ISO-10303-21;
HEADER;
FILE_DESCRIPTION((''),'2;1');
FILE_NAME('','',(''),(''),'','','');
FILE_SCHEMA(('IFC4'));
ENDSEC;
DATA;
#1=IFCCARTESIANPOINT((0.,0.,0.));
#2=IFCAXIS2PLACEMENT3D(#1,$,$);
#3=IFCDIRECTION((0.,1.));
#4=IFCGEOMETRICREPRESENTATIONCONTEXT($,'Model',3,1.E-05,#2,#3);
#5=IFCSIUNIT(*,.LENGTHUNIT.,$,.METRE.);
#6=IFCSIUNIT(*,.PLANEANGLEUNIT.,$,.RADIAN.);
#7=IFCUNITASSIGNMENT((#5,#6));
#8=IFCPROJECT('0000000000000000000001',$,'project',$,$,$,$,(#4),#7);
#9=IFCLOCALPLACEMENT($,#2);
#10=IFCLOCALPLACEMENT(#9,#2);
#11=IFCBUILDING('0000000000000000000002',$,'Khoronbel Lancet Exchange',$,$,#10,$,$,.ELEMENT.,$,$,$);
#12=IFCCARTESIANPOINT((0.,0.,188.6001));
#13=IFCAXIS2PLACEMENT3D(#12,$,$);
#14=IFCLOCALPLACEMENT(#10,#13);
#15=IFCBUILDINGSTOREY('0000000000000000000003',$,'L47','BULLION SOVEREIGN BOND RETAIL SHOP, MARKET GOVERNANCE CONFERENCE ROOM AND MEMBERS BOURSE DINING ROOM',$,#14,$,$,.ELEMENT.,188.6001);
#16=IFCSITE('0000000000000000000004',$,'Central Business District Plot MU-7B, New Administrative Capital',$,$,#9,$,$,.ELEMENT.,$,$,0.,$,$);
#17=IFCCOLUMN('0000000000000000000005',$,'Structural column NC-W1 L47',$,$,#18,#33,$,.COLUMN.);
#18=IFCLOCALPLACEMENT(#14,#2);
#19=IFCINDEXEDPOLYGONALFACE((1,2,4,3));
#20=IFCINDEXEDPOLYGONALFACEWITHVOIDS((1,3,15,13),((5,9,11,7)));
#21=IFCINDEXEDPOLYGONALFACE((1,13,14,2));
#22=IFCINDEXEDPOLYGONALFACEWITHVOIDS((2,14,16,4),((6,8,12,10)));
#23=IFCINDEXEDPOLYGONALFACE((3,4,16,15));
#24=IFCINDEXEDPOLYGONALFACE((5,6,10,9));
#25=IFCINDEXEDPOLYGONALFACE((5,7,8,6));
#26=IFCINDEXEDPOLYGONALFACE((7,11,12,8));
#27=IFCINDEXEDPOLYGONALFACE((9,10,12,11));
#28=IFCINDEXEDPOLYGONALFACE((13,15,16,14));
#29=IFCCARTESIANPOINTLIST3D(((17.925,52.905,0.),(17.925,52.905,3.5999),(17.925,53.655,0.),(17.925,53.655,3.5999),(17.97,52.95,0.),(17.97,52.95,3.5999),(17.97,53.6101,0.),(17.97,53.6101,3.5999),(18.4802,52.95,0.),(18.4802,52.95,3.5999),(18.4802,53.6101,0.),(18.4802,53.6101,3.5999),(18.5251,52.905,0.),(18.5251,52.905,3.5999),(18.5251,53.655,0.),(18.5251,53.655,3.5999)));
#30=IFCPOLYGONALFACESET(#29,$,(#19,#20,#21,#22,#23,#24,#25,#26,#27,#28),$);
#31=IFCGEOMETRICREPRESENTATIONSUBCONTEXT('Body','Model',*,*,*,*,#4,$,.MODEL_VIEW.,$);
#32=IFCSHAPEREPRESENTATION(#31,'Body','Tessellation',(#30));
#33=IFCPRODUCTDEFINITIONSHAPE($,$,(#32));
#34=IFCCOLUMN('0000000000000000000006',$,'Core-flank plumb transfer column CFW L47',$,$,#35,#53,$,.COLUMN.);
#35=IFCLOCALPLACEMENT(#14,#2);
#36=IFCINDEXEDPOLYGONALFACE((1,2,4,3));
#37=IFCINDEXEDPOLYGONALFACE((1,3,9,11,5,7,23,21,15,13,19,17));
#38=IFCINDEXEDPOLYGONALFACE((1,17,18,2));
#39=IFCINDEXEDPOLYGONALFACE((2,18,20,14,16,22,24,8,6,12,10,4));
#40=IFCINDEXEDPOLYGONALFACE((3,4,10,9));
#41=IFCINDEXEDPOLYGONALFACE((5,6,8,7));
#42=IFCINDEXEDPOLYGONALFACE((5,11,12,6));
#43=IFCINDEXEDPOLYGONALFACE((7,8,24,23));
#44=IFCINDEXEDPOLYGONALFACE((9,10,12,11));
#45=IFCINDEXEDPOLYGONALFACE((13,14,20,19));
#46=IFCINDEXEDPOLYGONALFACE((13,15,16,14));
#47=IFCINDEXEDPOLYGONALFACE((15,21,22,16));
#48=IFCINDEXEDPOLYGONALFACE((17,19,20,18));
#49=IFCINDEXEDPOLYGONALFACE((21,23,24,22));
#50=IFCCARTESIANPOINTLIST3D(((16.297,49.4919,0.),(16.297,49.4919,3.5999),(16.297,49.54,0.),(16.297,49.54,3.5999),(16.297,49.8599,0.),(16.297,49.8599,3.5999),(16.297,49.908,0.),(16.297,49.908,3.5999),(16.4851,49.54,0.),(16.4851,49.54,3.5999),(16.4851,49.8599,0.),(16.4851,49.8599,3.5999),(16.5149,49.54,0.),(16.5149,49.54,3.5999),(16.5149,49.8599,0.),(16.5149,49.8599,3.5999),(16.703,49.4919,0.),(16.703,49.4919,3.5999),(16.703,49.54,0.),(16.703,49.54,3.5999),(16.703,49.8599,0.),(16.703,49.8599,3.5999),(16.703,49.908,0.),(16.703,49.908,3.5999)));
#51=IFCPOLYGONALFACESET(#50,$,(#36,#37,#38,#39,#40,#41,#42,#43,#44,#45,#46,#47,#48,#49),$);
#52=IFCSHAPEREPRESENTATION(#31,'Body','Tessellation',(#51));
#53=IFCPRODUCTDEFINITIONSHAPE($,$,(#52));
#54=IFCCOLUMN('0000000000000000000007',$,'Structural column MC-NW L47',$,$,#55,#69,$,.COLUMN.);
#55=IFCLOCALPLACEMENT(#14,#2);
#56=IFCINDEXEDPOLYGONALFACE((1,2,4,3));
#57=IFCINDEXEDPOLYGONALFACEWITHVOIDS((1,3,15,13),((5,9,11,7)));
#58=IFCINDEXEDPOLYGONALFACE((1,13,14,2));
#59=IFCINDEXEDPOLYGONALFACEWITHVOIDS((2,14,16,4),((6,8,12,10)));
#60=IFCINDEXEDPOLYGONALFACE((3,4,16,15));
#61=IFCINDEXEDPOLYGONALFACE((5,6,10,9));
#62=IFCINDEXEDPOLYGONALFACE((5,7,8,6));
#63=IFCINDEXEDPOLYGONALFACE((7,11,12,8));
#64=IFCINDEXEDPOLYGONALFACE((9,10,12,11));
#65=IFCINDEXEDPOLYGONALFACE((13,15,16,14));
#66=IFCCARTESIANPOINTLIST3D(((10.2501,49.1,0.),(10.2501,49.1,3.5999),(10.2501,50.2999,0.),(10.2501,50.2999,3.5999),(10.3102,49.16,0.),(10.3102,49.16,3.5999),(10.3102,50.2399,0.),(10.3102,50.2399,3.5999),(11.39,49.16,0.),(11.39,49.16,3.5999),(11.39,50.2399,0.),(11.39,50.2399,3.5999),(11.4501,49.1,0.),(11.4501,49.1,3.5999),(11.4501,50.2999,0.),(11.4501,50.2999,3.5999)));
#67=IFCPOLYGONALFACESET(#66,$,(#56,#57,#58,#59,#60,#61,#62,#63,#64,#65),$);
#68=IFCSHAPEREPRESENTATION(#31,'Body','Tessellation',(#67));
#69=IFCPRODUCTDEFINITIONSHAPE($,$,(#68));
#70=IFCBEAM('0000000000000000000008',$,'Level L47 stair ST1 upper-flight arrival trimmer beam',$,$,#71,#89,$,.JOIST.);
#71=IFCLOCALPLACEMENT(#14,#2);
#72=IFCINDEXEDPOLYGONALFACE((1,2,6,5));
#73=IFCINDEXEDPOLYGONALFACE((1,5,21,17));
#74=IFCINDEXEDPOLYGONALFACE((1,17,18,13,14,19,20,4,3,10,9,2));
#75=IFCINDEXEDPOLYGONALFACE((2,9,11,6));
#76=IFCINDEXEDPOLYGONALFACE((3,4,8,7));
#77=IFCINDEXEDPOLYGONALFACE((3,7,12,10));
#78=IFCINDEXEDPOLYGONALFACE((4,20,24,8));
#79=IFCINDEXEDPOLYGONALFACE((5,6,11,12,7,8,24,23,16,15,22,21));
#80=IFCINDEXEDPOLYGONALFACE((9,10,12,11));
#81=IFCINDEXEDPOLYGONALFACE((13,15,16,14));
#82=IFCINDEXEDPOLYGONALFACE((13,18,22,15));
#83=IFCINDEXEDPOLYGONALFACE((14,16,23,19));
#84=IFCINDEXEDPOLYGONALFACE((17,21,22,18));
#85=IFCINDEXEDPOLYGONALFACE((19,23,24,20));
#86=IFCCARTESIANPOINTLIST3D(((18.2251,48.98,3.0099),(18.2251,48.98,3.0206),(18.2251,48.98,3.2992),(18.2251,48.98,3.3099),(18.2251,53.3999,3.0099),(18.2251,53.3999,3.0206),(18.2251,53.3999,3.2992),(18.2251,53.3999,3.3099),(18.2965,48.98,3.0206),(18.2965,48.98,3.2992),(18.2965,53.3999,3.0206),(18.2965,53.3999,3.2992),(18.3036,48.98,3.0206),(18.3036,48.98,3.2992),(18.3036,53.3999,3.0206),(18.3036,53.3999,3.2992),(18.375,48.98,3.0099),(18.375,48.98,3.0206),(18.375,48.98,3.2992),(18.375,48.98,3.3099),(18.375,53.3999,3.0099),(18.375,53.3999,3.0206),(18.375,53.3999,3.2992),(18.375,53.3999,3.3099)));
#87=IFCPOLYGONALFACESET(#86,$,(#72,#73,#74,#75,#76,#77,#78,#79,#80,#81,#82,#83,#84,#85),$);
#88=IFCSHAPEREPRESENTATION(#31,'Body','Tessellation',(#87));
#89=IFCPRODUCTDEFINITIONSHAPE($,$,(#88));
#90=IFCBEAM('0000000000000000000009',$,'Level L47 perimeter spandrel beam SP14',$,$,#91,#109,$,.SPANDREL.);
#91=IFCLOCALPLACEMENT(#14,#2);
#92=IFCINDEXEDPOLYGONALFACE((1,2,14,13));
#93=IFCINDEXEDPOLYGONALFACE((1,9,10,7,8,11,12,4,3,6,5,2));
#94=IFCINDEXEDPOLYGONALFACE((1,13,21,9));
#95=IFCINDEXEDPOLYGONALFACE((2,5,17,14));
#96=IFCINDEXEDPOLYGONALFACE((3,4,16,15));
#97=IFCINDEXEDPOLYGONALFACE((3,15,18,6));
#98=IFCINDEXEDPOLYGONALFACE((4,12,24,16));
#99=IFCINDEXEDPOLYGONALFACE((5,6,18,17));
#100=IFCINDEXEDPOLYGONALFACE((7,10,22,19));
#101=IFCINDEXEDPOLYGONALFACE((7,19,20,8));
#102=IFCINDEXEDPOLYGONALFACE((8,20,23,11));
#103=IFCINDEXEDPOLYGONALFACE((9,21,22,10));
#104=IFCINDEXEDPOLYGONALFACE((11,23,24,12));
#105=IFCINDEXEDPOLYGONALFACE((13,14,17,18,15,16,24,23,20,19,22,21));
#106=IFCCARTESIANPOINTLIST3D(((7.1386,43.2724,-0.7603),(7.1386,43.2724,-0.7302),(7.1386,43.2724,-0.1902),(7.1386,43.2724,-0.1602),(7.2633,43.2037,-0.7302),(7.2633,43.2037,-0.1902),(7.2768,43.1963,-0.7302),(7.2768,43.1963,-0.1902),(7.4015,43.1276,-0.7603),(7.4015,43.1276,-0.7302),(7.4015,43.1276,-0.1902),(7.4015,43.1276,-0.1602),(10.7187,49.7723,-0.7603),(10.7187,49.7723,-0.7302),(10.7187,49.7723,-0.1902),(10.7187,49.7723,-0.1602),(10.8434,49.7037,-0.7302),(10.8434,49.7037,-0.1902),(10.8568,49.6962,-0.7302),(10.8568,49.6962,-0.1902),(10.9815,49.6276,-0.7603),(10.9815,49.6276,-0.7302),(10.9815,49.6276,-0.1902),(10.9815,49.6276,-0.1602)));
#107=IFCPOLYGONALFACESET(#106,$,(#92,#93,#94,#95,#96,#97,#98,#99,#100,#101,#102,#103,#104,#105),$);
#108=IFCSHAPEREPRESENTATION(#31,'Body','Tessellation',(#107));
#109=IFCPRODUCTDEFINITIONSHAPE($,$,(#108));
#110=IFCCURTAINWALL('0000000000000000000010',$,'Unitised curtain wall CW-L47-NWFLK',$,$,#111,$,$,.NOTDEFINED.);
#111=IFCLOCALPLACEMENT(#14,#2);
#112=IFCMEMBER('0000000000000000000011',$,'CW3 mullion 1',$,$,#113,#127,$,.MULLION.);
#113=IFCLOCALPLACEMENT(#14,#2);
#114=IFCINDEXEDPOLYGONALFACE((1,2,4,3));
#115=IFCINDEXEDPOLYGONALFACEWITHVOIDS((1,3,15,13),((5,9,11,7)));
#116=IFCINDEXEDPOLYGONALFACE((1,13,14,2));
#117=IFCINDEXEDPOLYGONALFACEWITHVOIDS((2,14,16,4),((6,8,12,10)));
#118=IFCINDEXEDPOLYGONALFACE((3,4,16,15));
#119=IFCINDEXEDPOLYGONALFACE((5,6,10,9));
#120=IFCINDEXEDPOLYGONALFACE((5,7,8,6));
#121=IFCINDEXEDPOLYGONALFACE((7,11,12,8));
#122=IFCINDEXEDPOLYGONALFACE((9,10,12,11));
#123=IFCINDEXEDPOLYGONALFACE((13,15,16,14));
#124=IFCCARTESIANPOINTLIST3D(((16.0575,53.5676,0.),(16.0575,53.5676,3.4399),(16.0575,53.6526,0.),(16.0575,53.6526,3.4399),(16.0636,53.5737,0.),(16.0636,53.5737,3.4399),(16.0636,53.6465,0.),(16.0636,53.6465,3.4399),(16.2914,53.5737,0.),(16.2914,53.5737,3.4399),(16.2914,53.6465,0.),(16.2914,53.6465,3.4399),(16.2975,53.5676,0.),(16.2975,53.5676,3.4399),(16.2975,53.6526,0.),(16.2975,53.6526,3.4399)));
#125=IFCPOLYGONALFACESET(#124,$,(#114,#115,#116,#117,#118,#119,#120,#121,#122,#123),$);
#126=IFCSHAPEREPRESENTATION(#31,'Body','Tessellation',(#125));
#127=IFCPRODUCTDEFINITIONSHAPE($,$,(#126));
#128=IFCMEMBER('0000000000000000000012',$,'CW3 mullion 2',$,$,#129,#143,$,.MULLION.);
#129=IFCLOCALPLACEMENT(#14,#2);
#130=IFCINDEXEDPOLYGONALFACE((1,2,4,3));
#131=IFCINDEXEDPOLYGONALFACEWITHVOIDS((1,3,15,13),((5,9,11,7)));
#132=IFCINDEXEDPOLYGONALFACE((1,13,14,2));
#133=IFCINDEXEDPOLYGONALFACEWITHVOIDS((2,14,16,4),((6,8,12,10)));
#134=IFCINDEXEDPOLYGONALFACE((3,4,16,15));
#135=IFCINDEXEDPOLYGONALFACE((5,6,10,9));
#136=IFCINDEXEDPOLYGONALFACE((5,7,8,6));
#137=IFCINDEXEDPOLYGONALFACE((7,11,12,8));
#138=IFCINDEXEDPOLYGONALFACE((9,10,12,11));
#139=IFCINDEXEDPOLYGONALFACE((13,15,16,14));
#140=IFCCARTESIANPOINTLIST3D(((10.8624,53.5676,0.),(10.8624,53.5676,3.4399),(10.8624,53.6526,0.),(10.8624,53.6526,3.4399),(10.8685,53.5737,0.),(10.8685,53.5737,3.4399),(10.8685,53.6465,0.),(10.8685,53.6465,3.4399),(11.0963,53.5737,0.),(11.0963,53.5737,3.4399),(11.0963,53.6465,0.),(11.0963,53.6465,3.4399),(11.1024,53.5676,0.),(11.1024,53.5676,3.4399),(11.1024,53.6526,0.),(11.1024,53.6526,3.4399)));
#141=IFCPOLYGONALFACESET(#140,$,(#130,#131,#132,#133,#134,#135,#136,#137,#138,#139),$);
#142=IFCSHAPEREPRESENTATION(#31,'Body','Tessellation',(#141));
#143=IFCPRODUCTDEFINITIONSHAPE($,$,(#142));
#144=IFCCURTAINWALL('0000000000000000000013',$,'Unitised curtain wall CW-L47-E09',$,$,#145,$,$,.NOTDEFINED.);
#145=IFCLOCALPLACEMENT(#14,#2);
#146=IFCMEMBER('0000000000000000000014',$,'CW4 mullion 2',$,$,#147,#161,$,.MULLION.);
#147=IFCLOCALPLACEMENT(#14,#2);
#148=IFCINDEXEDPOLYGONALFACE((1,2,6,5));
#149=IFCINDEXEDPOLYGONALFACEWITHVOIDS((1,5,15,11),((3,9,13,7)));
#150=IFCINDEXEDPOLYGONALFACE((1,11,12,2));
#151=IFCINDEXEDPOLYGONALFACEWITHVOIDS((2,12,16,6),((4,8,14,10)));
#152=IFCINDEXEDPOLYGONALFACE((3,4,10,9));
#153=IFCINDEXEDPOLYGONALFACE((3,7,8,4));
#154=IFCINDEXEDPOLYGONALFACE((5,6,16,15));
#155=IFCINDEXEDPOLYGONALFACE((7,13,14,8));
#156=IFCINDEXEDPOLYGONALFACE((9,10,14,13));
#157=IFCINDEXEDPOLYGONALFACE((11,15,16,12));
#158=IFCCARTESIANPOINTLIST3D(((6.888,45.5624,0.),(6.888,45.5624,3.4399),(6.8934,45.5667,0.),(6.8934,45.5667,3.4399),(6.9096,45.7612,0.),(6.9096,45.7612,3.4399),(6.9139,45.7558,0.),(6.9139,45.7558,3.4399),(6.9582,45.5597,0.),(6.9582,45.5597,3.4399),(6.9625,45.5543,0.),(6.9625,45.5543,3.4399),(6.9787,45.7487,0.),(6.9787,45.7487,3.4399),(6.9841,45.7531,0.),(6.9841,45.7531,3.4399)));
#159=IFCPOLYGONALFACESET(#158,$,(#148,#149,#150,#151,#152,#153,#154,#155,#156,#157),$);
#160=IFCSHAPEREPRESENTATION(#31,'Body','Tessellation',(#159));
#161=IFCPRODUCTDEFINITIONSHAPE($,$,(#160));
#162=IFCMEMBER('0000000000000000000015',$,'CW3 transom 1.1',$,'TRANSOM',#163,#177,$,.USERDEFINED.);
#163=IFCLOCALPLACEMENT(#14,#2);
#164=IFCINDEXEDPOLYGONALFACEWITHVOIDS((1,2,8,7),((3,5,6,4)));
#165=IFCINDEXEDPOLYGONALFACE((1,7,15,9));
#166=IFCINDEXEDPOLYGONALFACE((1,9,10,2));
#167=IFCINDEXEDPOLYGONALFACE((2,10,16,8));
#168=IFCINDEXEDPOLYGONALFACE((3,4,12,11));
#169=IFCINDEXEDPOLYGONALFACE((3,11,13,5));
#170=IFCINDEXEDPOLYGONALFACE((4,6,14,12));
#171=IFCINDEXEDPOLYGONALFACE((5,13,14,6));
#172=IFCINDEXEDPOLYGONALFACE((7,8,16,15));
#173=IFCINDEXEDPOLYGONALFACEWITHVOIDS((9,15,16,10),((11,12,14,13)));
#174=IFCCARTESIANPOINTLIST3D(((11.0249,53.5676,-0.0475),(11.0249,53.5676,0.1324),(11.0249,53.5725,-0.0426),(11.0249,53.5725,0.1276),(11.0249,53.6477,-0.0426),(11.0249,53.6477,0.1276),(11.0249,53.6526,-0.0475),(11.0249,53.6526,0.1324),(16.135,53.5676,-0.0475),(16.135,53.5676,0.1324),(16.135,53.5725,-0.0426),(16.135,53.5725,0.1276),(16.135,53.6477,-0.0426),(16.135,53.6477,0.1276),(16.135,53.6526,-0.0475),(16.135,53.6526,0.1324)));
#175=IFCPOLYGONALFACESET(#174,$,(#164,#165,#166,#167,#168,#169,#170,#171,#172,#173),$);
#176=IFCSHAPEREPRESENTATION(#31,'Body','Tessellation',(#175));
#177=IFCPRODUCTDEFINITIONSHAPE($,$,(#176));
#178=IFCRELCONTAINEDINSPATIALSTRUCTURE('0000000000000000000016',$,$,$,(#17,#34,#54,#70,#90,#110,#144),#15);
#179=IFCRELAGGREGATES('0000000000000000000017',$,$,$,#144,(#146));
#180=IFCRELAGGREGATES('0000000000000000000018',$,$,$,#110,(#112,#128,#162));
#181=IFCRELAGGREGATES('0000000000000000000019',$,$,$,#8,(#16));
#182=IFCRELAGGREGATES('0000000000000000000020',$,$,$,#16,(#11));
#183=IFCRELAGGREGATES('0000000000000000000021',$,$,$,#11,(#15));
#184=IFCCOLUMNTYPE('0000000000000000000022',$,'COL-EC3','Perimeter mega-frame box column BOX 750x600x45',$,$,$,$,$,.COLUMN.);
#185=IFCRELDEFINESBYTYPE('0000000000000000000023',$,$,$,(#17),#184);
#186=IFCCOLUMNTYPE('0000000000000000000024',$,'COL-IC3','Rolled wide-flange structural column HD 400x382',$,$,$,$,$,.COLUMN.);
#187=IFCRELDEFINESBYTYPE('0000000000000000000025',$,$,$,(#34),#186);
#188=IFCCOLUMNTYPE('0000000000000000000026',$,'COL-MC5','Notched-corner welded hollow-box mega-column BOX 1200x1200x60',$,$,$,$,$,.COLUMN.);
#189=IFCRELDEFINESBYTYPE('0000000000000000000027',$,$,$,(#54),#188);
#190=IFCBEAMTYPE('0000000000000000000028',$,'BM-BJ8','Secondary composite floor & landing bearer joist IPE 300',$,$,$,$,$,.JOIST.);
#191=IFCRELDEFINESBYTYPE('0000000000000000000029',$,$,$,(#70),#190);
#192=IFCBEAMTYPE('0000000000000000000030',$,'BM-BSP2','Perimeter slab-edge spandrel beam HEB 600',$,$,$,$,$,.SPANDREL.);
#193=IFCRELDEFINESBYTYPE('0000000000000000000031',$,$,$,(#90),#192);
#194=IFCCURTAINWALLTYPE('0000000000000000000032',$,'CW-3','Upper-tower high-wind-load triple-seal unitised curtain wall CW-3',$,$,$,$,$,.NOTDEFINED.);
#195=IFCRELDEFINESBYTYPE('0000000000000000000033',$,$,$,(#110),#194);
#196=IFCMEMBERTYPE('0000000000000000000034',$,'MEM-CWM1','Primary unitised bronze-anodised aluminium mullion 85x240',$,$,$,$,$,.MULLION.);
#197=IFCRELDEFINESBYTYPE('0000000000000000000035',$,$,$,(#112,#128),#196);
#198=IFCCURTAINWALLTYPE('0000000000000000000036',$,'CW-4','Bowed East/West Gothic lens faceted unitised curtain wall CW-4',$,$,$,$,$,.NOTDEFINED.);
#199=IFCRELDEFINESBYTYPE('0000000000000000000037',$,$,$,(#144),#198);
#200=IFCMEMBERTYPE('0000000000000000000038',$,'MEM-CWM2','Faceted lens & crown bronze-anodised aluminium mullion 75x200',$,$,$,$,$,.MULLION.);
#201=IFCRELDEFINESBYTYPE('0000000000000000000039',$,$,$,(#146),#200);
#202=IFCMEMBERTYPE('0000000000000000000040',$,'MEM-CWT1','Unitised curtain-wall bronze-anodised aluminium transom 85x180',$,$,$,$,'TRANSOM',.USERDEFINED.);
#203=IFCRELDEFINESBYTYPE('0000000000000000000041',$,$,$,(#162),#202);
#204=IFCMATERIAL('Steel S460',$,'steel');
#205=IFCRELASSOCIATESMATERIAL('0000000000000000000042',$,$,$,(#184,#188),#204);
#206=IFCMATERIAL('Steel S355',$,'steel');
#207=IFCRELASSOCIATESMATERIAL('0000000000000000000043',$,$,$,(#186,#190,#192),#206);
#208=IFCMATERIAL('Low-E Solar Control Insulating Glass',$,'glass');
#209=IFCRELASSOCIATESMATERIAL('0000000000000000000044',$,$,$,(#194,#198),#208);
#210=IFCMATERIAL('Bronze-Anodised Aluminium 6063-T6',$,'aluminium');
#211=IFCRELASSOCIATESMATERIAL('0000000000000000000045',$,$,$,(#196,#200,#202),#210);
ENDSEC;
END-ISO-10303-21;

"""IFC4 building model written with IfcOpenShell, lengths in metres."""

from ifc_helpers import new_model, si_unit, direction, frame, origin, origin_2d, place, context, subcontext, project, spatial, hollow_rectangle, i_section, extrude, material, material_profile, profile_set, type_object, element, aggregate, save


model = new_model("IFC4")

# Units and contexts
model_context = context("Model", 3, precision=1e-05, world=origin(), true_north=direction((0.0, 1.0)))
body_context = subcontext(model_context, "Body", "Model", "MODEL_VIEW")
ifc_project = project(units=[si_unit("LENGTHUNIT", "METRE"), si_unit("PLANEANGLEUNIT", "RADIAN")], contexts=[model_context])

# Site, building, storey
site_placement = place(None, origin())
site = spatial("IfcSite", under=ifc_project, at=site_placement, Name="Central Business District Plot MU-7B, New Administrative Capital", CompositionType="ELEMENT", RefElevation=0.0)
building_placement = place(site_placement, origin())
building = spatial("IfcBuilding", under=site, at=building_placement, Name="Khoronbel Lancet Exchange", CompositionType="ELEMENT")
storey_placement = place(building_placement, frame((0.0, 0.0, 188.6001)))
storey = spatial("IfcBuildingStorey", under=building, at=storey_placement, Name="L47", Description="BULLION SOVEREIGN BOND RETAIL SHOP, MARKET GOVERNANCE CONFERENCE ROOM AND MEMBERS BOURSE DINING ROOM", CompositionType="ELEMENT", Elevation=188.6001)

# Columns
ifc_material_1 = material(Name="Steel S460", Category="steel")
ifc_material_profile_1 = material_profile(ifc_material_1, hollow_rectangle(XDim=0.6001, YDim=0.75, WallThickness=0.0449, at=origin_2d()), Name="BOX 750x600x45")
ifc_profile_set_1 = profile_set([ifc_material_profile_1], Name="Steel S460")
column_type_1 = type_object("IfcColumnType", Name="COL-EC3", Description="Perimeter mega-frame box column BOX 750x600x45", PredefinedType="COLUMN", material=ifc_profile_set_1)
column_1_placement = place(storey_placement, frame((18.2251, 53.28, 0.0), z_axis=(0.0, 0.0, 1.0), x_axis=(1.0, 0.0, 0.0)))
element("IfcColumn", 1, at=column_1_placement, inside=storey, type_object=column_type_1, Name="Structural column NC-W1 L47", PredefinedType="COLUMN", context=body_context, shape_type="SweptSolid", body=[
    extrude(hollow_rectangle(XDim=0.6001, YDim=0.75, WallThickness=0.0449, at=origin_2d()), origin(), (0.0, 0.0, 1.0), 3.5999),
])
ifc_material_2 = material(Name="Steel S355", Category="steel")
ifc_material_profile_2 = material_profile(ifc_material_2, i_section(OverallWidth=0.406, OverallDepth=0.416, WebThickness=0.0298, FlangeThickness=0.0481, at=origin_2d()), Name="HD 400x382")
ifc_profile_set_2 = profile_set([ifc_material_profile_2], Name="Steel S355")
column_type_2 = type_object("IfcColumnType", Name="COL-IC3", Description="Rolled wide-flange structural column HD 400x382", PredefinedType="COLUMN", material=ifc_profile_set_2)
column_2_placement = place(storey_placement, frame((16.5, 49.7, 0.0), z_axis=(0.0, 0.0, 1.0), x_axis=(1.0, 0.0, 0.0)))
element("IfcColumn", 2, at=column_2_placement, inside=storey, type_object=column_type_2, Name="Core-flank plumb transfer column CFW L47", PredefinedType="COLUMN", context=body_context, shape_type="SweptSolid", body=[
    extrude(i_section(OverallWidth=0.406, OverallDepth=0.416, WebThickness=0.0298, FlangeThickness=0.0481, at=origin_2d()), origin(), (0.0, 0.0, 1.0), 3.5999),
])
ifc_material_profile_3 = material_profile(ifc_material_1, hollow_rectangle(XDim=1.2, YDim=1.2, WallThickness=0.0601, at=origin_2d()), Name="BOX 1200x1200x60")
ifc_profile_set_3 = profile_set([ifc_material_profile_3], Name="Steel S460")
column_type_3 = type_object("IfcColumnType", Name="COL-MC5", Description="Notched-corner welded hollow-box mega-column BOX 1200x1200x60", PredefinedType="COLUMN", material=ifc_profile_set_3)
column_3_placement = place(storey_placement, frame((10.8501, 49.7, 0.0), z_axis=(0.0, 0.0, 1.0), x_axis=(1.0, 0.0, 0.0)))
element("IfcColumn", 3, at=column_3_placement, inside=storey, type_object=column_type_3, Name="Structural column MC-NW L47", PredefinedType="COLUMN", context=body_context, shape_type="SweptSolid", body=[
    extrude(hollow_rectangle(XDim=1.2, YDim=1.2, WallThickness=0.0601, at=origin_2d()), origin(), (0.0, 0.0, 1.0), 3.5999),
])

# Beams
ifc_material_profile_4 = material_profile(ifc_material_2, i_section(OverallWidth=0.1499, OverallDepth=0.3, WebThickness=0.0071, FlangeThickness=0.0107, at=origin_2d()), Name="IPE 300")
ifc_profile_set_4 = profile_set([ifc_material_profile_4], Name="Steel S355")
beam_type_1 = type_object("IfcBeamType", Name="BM-BJ8", Description="Secondary composite floor & landing bearer joist IPE 300", PredefinedType="JOIST", material=ifc_profile_set_4)
beam_1_placement = place(storey_placement, frame((18.3, 48.98, 3.1599), z_axis=(0.0, 1.0, 0.0), x_axis=(-1.0, 0.0, 0.0)))
element("IfcBeam", 4, at=beam_1_placement, inside=storey, type_object=beam_type_1, Name="Level L47 stair ST1 upper-flight arrival trimmer beam", PredefinedType="JOIST", context=body_context, shape_type="SweptSolid", body=[
    extrude(i_section(OverallWidth=0.1499, OverallDepth=0.3, WebThickness=0.0071, FlangeThickness=0.0107, at=origin_2d()), origin(), (0.0, 0.0, 1.0), 4.4199),
])
ifc_material_profile_5 = material_profile(ifc_material_2, i_section(OverallWidth=0.3, OverallDepth=0.6001, WebThickness=0.0154, FlangeThickness=0.03, at=origin_2d()), Name="HEB 600")
ifc_profile_set_5 = profile_set([ifc_material_profile_5], Name="Steel S355")
beam_type_2 = type_object("IfcBeamType", Name="BM-BSP2", Description="Perimeter slab-edge spandrel beam HEB 600", PredefinedType="SPANDREL", material=ifc_profile_set_5)
beam_2_placement = place(storey_placement, frame((10.8501, 49.7, -0.4602), z_axis=(-0.482444, -0.875927, 0.0), x_axis=(0.875927, -0.482444, 0.0)))
element("IfcBeam", 5, at=beam_2_placement, inside=storey, type_object=beam_type_2, Name="Level L47 perimeter spandrel beam SP14", PredefinedType="SPANDREL", context=body_context, shape_type="SweptSolid", body=[
    extrude(i_section(OverallWidth=0.3, OverallDepth=0.6001, WebThickness=0.0154, FlangeThickness=0.03, at=origin_2d()), origin(), (0.0, 0.0, 1.0), 7.4207),
])

# Curtain wall, members
ifc_material_3 = material(Name="Low-E Solar Control Insulating Glass", Category="glass")
curtain_wall_type_1 = type_object("IfcCurtainWallType", Name="CW-3", Description="Upper-tower high-wind-load triple-seal unitised curtain wall CW-3", PredefinedType="NOTDEFINED", material=ifc_material_3)
curtain_wall_1_placement = place(storey_placement, origin())
curtain_wall_1 = element("IfcCurtainWall", 6, at=curtain_wall_1_placement, inside=storey, type_object=curtain_wall_type_1, Name="Unitised curtain wall CW-L47-NWFLK", PredefinedType="NOTDEFINED")
ifc_material_4 = material(Name="Bronze-Anodised Aluminium 6063-T6", Category="aluminium")
ifc_material_profile_6 = material_profile(ifc_material_4, hollow_rectangle(XDim=0.085, YDim=0.24, WallThickness=0.0061, at=origin_2d()), Name="ALU MULLION 85x240")
ifc_profile_set_6 = profile_set([ifc_material_profile_6], Name="Bronze-Anodised Aluminium 6063-T6")
member_type_1 = type_object("IfcMemberType", Name="MEM-CWM1", Description="Primary unitised bronze-anodised aluminium mullion 85x240", PredefinedType="MULLION", material=ifc_profile_set_6)
member_1_placement = place(storey_placement, frame((16.1775, 53.6101, 0.0), z_axis=(0.0, 0.0, 1.0), x_axis=(0.0, -1.0, 0.0)))
member_1 = element("IfcMember", 7, at=member_1_placement, type_object=member_type_1, Name="CW3 mullion 1", PredefinedType="MULLION", context=body_context, shape_type="SweptSolid", body=[
    extrude(hollow_rectangle(XDim=0.085, YDim=0.24, WallThickness=0.0061, at=origin_2d()), origin(), (0.0, 0.0, 1.0), 3.4399),
])
member_2_placement = place(storey_placement, frame((10.9824, 53.6101, 0.0), z_axis=(0.0, 0.0, 1.0), x_axis=(0.0, -1.0, 0.0)))
member_2 = element("IfcMember", 8, at=member_2_placement, type_object=member_type_1, Name="CW3 mullion 2", PredefinedType="MULLION", context=body_context, shape_type="SweptSolid", body=[
    extrude(hollow_rectangle(XDim=0.085, YDim=0.24, WallThickness=0.0061, at=origin_2d()), origin(), (0.0, 0.0, 1.0), 3.4399),
])

# Curtain wall, member
curtain_wall_type_2 = type_object("IfcCurtainWallType", Name="CW-4", Description="Bowed East/West Gothic lens faceted unitised curtain wall CW-4", PredefinedType="NOTDEFINED", material=ifc_material_3)
curtain_wall_2_placement = place(storey_placement, origin())
curtain_wall_2 = element("IfcCurtainWall", 9, at=curtain_wall_2_placement, inside=storey, type_object=curtain_wall_type_2, Name="Unitised curtain wall CW-L47-E09", PredefinedType="NOTDEFINED")
ifc_material_profile_7 = material_profile(ifc_material_4, hollow_rectangle(XDim=0.075, YDim=0.2, WallThickness=0.0049, at=origin_2d()), Name="ALU MULLION 75x200")
ifc_profile_set_7 = profile_set([ifc_material_profile_7], Name="Bronze-Anodised Aluminium 6063-T6")
member_type_2 = type_object("IfcMemberType", Name="MEM-CWM2", Description="Faceted lens & crown bronze-anodised aluminium mullion 75x200", PredefinedType="MULLION", material=ifc_profile_set_7)
member_3_placement = place(storey_placement, frame((6.936, 45.6577, 0.0), z_axis=(0.0, 0.0, 1.0), x_axis=(-0.994152, 0.10799, 0.0)))
member_3 = element("IfcMember", 10, at=member_3_placement, type_object=member_type_2, Name="CW4 mullion 2", PredefinedType="MULLION", context=body_context, shape_type="SweptSolid", body=[
    extrude(hollow_rectangle(XDim=0.075, YDim=0.2, WallThickness=0.0049, at=origin_2d()), origin(), (0.0, 0.0, 1.0), 3.4399),
])
aggregate(curtain_wall_2, [member_3])

# Member
ifc_material_profile_8 = material_profile(ifc_material_4, hollow_rectangle(XDim=0.085, YDim=0.1799, WallThickness=0.0049, at=origin_2d()), Name="ALU TRANSOM 85x180")
ifc_profile_set_8 = profile_set([ifc_material_profile_8], Name="Bronze-Anodised Aluminium 6063-T6")
member_type_3 = type_object("IfcMemberType", Name="MEM-CWT1", Description="Unitised curtain-wall bronze-anodised aluminium transom 85x180", ElementType="TRANSOM", PredefinedType="USERDEFINED", material=ifc_profile_set_8)
member_4_placement = place(storey_placement, frame((16.135, 53.6101, 0.0425), z_axis=(-1.0, 0.0, 0.0), x_axis=(0.0, -1.0, 0.0)))
member_4 = element("IfcMember", 11, at=member_4_placement, type_object=member_type_3, Name="CW3 transom 1.1", ObjectType="TRANSOM", PredefinedType="USERDEFINED", context=body_context, shape_type="SweptSolid", body=[
    extrude(hollow_rectangle(XDim=0.085, YDim=0.1799, WallThickness=0.0049, at=origin_2d()), origin(), (0.0, 0.0, 1.0), 5.1101),
])

aggregate(curtain_wall_1, [member_1, member_2, member_4])

save(model, "model.ifc")
